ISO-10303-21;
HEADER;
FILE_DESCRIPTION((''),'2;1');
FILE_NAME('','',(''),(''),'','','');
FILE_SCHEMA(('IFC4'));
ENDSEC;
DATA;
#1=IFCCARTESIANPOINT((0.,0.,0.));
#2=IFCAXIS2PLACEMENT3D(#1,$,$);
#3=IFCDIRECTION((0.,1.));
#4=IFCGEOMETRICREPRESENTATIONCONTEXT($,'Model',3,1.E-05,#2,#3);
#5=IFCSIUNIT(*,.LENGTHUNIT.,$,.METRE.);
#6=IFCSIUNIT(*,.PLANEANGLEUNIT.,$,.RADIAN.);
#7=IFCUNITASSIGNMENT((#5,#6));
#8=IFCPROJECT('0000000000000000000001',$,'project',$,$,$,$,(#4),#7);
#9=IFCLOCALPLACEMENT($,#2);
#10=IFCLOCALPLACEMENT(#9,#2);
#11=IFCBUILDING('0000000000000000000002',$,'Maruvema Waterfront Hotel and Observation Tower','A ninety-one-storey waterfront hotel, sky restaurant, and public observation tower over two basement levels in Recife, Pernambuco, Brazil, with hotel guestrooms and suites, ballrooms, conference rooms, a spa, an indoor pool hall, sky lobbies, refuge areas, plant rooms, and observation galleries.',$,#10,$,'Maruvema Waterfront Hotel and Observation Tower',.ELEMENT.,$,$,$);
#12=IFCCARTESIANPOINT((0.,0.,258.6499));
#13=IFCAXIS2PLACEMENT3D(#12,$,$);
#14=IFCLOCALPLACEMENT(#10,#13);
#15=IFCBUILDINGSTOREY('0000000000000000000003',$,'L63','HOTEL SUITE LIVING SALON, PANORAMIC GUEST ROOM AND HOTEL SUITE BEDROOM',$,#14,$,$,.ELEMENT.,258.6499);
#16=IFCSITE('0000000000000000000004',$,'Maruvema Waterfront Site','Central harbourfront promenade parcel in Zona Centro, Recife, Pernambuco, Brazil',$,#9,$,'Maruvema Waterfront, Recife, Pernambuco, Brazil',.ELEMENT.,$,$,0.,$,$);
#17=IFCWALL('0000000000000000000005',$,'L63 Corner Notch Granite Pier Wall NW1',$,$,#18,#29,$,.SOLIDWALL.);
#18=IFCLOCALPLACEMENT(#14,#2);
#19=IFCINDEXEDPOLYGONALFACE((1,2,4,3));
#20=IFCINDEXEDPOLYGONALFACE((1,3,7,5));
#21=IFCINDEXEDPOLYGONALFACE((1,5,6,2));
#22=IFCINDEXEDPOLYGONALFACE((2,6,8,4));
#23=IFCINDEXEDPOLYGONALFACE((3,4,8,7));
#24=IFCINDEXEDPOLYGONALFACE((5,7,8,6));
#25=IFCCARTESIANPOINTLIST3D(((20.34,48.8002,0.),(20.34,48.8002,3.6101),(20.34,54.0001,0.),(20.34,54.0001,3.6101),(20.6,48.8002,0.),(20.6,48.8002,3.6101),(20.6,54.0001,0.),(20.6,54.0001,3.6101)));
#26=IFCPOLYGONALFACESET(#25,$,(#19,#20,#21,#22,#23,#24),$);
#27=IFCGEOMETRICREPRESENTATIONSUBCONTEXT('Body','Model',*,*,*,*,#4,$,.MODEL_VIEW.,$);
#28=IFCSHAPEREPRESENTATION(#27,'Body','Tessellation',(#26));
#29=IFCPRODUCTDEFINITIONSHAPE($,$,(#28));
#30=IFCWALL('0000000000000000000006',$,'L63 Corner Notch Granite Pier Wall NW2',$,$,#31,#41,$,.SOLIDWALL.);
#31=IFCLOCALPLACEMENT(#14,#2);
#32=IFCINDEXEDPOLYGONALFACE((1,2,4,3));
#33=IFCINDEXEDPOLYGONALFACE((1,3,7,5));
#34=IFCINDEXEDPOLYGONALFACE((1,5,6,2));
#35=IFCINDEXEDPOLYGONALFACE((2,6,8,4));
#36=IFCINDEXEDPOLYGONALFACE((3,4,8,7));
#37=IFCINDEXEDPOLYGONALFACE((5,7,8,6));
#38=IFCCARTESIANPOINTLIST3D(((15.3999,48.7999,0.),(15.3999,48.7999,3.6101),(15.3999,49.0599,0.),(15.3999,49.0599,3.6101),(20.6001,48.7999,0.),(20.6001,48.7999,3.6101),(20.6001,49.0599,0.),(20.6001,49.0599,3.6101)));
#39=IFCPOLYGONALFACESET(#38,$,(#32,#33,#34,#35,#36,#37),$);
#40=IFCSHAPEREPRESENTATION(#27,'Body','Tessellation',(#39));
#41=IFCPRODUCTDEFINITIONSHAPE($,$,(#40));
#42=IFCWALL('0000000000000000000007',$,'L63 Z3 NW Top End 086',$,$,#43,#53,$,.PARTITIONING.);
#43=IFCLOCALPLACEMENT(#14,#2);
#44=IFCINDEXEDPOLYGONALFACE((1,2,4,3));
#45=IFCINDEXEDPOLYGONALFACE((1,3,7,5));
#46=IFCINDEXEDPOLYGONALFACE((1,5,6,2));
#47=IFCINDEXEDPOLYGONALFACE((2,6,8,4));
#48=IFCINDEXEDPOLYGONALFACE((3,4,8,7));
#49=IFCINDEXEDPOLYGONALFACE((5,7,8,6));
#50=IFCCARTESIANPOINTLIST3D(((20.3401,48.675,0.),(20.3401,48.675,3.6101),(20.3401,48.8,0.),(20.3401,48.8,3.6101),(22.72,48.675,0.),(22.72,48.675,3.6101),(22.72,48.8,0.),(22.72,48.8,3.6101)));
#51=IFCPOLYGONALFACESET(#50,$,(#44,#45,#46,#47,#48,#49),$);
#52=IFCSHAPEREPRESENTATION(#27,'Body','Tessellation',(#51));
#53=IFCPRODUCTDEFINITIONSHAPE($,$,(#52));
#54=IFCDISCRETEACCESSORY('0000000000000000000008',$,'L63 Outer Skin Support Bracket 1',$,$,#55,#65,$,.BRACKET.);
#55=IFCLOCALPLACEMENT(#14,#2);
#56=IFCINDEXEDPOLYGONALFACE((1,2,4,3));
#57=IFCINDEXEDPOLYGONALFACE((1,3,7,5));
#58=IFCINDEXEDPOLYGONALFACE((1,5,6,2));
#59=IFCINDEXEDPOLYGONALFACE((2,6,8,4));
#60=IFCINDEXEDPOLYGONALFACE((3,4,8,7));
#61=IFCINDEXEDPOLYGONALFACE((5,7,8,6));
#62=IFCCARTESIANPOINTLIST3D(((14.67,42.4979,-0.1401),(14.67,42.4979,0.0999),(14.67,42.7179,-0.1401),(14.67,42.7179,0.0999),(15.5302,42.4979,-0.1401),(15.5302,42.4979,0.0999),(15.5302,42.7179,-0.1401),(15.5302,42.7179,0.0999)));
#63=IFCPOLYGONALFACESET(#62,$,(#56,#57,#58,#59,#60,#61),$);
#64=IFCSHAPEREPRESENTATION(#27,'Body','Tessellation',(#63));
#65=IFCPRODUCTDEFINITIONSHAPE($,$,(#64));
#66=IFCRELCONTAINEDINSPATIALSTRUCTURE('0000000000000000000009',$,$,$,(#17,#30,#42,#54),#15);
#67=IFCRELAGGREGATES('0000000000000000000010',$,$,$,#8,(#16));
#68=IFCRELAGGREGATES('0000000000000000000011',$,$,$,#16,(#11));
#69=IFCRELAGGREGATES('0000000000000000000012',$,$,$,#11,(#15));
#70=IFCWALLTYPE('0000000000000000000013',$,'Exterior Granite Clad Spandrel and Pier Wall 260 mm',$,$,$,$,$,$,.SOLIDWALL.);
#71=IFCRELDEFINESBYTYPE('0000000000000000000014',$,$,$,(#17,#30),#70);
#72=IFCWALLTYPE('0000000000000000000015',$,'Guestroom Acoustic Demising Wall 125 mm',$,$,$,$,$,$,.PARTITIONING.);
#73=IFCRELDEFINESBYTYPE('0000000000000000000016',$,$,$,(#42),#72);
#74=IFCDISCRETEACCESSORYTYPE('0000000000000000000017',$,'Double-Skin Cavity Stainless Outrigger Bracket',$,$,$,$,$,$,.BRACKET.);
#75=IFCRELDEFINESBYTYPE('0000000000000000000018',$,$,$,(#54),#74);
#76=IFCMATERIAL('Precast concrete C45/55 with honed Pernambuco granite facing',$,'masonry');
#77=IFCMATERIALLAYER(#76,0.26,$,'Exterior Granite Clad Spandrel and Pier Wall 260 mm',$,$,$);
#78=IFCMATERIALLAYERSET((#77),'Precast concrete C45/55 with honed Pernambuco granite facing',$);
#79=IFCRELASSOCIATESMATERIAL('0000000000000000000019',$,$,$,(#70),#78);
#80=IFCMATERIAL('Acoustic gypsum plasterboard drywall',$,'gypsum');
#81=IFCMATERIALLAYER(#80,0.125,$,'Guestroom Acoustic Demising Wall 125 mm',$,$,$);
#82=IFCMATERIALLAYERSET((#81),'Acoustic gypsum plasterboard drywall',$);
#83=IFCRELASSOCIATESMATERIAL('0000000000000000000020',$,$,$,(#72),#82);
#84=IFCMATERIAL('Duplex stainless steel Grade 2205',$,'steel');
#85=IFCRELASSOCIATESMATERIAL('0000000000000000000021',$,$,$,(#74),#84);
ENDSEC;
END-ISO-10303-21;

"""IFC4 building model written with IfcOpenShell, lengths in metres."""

from ifc_helpers import new_model, si_unit, direction, frame, frame_2d, origin, origin_2d, place, context, subcontext, project, spatial, rectangle, extrude, material, layer, layer_set, type_object, element, save


model = new_model("IFC4")

# Units and contexts
model_context = context("Model", 3, precision=1e-05, world=origin(), true_north=direction((0.0, 1.0)))
body_context = subcontext(model_context, "Body", "Model", "MODEL_VIEW")
ifc_project = project(units=[si_unit("LENGTHUNIT", "METRE"), si_unit("PLANEANGLEUNIT", "RADIAN")], contexts=[model_context])

# Site, building, storey
site_placement = place(None, origin())
site = spatial("IfcSite", under=ifc_project, at=site_placement, Name="Maruvema Waterfront Site", Description="Central harbourfront promenade parcel in Zona Centro, Recife, Pernambuco, Brazil", LongName="Maruvema Waterfront, Recife, Pernambuco, Brazil", CompositionType="ELEMENT", RefElevation=0.0)
building_placement = place(site_placement, origin())
building = spatial("IfcBuilding", under=site, at=building_placement, Name="Maruvema Waterfront Hotel and Observation Tower", Description="A ninety-one-storey waterfront hotel, sky restaurant, and public observation tower over two basement levels in Recife, Pernambuco, Brazil, with hotel guestrooms and suites, ballrooms, conference rooms, a spa, an indoor pool hall, sky lobbies, refuge areas, plant rooms, and observation galleries.", LongName="Maruvema Waterfront Hotel and Observation Tower", CompositionType="ELEMENT")
storey_placement = place(building_placement, frame((0.0, 0.0, 258.6499)))
storey = spatial("IfcBuildingStorey", under=building, at=storey_placement, Name="L63", Description="HOTEL SUITE LIVING SALON, PANORAMIC GUEST ROOM AND HOTEL SUITE BEDROOM", CompositionType="ELEMENT", Elevation=258.6499)

# Walls
ifc_material_1 = material(Name="Precast concrete C45/55 with honed Pernambuco granite facing", Category="masonry")
ifc_layer_1 = layer(ifc_material_1, 0.26, Name="Exterior Granite Clad Spandrel and Pier Wall 260 mm")
ifc_layer_set_1 = layer_set([ifc_layer_1], Name="Precast concrete C45/55 with honed Pernambuco granite facing")
wall_type_1 = type_object("IfcWallType", Name="Exterior Granite Clad Spandrel and Pier Wall 260 mm", PredefinedType="SOLIDWALL", material=ifc_layer_set_1)
wall_1_placement = place(storey_placement, frame((20.47, 48.8, 0.0), z_axis=(0.0, 0.0, 1.0), x_axis=(0.0, 1.0, 0.0)))
element("IfcWall", 1, at=wall_1_placement, inside=storey, type_object=wall_type_1, Name="L63 Corner Notch Granite Pier Wall NW1", PredefinedType="SOLIDWALL", context=body_context, shape_type="SweptSolid", body=[
    extrude(rectangle(XDim=5.2, YDim=0.26, at=frame_2d((2.6001, 0.0))), origin(), (0.0, 0.0, 1.0), 3.6101),
])
wall_2_placement = place(storey_placement, frame((15.3999, 48.9299, 0.0), z_axis=(0.0, 0.0, 1.0), x_axis=(1.0, 0.0, 0.0)))
element("IfcWall", 2, at=wall_2_placement, inside=storey, type_object=wall_type_1, Name="L63 Corner Notch Granite Pier Wall NW2", PredefinedType="SOLIDWALL", context=body_context, shape_type="SweptSolid", body=[
    extrude(rectangle(XDim=5.2002, YDim=0.26, at=frame_2d((2.6001, 0.0))), origin(), (0.0, 0.0, 1.0), 3.6101),
])
ifc_material_2 = material(Name="Acoustic gypsum plasterboard drywall", Category="gypsum")
ifc_layer_2 = layer(ifc_material_2, 0.125, Name="Guestroom Acoustic Demising Wall 125 mm")
ifc_layer_set_2 = layer_set([ifc_layer_2], Name="Acoustic gypsum plasterboard drywall")
wall_type_2 = type_object("IfcWallType", Name="Guestroom Acoustic Demising Wall 125 mm", PredefinedType="PARTITIONING", material=ifc_layer_set_2)
wall_3_placement = place(storey_placement, frame((20.3401, 48.7375, 0.0), z_axis=(0.0, 0.0, 1.0), x_axis=(1.0, 0.0, 0.0)))
element("IfcWall", 3, at=wall_3_placement, inside=storey, type_object=wall_type_2, Name="L63 Z3 NW Top End 086", PredefinedType="PARTITIONING", context=body_context, shape_type="SweptSolid", body=[
    extrude(rectangle(XDim=2.3799, YDim=0.125, at=frame_2d((1.1899, 0.0))), origin(), (0.0, 0.0, 1.0), 3.6101),
])

# Discrete accessory
ifc_material_3 = material(Name="Duplex stainless steel Grade 2205", Category="steel")
discrete_accessory_type = type_object("IfcDiscreteAccessoryType", Name="Double-Skin Cavity Stainless Outrigger Bracket", PredefinedType="BRACKET", material=ifc_material_3)
discrete_accessory_placement = place(storey_placement, frame((15.1001, 42.6079, -0.1401), z_axis=(0.0, 0.0, 1.0), x_axis=(0.0, -1.0, 0.0)))
element("IfcDiscreteAccessory", 4, at=discrete_accessory_placement, inside=storey, type_object=discrete_accessory_type, Name="L63 Outer Skin Support Bracket 1", PredefinedType="BRACKET", context=body_context, shape_type="SweptSolid", body=[
    extrude(rectangle(XDim=0.22, YDim=0.8601, at=origin_2d()), origin(), (0.0, 0.0, 1.0), 0.24),
])

save(model, "model.ifc")
